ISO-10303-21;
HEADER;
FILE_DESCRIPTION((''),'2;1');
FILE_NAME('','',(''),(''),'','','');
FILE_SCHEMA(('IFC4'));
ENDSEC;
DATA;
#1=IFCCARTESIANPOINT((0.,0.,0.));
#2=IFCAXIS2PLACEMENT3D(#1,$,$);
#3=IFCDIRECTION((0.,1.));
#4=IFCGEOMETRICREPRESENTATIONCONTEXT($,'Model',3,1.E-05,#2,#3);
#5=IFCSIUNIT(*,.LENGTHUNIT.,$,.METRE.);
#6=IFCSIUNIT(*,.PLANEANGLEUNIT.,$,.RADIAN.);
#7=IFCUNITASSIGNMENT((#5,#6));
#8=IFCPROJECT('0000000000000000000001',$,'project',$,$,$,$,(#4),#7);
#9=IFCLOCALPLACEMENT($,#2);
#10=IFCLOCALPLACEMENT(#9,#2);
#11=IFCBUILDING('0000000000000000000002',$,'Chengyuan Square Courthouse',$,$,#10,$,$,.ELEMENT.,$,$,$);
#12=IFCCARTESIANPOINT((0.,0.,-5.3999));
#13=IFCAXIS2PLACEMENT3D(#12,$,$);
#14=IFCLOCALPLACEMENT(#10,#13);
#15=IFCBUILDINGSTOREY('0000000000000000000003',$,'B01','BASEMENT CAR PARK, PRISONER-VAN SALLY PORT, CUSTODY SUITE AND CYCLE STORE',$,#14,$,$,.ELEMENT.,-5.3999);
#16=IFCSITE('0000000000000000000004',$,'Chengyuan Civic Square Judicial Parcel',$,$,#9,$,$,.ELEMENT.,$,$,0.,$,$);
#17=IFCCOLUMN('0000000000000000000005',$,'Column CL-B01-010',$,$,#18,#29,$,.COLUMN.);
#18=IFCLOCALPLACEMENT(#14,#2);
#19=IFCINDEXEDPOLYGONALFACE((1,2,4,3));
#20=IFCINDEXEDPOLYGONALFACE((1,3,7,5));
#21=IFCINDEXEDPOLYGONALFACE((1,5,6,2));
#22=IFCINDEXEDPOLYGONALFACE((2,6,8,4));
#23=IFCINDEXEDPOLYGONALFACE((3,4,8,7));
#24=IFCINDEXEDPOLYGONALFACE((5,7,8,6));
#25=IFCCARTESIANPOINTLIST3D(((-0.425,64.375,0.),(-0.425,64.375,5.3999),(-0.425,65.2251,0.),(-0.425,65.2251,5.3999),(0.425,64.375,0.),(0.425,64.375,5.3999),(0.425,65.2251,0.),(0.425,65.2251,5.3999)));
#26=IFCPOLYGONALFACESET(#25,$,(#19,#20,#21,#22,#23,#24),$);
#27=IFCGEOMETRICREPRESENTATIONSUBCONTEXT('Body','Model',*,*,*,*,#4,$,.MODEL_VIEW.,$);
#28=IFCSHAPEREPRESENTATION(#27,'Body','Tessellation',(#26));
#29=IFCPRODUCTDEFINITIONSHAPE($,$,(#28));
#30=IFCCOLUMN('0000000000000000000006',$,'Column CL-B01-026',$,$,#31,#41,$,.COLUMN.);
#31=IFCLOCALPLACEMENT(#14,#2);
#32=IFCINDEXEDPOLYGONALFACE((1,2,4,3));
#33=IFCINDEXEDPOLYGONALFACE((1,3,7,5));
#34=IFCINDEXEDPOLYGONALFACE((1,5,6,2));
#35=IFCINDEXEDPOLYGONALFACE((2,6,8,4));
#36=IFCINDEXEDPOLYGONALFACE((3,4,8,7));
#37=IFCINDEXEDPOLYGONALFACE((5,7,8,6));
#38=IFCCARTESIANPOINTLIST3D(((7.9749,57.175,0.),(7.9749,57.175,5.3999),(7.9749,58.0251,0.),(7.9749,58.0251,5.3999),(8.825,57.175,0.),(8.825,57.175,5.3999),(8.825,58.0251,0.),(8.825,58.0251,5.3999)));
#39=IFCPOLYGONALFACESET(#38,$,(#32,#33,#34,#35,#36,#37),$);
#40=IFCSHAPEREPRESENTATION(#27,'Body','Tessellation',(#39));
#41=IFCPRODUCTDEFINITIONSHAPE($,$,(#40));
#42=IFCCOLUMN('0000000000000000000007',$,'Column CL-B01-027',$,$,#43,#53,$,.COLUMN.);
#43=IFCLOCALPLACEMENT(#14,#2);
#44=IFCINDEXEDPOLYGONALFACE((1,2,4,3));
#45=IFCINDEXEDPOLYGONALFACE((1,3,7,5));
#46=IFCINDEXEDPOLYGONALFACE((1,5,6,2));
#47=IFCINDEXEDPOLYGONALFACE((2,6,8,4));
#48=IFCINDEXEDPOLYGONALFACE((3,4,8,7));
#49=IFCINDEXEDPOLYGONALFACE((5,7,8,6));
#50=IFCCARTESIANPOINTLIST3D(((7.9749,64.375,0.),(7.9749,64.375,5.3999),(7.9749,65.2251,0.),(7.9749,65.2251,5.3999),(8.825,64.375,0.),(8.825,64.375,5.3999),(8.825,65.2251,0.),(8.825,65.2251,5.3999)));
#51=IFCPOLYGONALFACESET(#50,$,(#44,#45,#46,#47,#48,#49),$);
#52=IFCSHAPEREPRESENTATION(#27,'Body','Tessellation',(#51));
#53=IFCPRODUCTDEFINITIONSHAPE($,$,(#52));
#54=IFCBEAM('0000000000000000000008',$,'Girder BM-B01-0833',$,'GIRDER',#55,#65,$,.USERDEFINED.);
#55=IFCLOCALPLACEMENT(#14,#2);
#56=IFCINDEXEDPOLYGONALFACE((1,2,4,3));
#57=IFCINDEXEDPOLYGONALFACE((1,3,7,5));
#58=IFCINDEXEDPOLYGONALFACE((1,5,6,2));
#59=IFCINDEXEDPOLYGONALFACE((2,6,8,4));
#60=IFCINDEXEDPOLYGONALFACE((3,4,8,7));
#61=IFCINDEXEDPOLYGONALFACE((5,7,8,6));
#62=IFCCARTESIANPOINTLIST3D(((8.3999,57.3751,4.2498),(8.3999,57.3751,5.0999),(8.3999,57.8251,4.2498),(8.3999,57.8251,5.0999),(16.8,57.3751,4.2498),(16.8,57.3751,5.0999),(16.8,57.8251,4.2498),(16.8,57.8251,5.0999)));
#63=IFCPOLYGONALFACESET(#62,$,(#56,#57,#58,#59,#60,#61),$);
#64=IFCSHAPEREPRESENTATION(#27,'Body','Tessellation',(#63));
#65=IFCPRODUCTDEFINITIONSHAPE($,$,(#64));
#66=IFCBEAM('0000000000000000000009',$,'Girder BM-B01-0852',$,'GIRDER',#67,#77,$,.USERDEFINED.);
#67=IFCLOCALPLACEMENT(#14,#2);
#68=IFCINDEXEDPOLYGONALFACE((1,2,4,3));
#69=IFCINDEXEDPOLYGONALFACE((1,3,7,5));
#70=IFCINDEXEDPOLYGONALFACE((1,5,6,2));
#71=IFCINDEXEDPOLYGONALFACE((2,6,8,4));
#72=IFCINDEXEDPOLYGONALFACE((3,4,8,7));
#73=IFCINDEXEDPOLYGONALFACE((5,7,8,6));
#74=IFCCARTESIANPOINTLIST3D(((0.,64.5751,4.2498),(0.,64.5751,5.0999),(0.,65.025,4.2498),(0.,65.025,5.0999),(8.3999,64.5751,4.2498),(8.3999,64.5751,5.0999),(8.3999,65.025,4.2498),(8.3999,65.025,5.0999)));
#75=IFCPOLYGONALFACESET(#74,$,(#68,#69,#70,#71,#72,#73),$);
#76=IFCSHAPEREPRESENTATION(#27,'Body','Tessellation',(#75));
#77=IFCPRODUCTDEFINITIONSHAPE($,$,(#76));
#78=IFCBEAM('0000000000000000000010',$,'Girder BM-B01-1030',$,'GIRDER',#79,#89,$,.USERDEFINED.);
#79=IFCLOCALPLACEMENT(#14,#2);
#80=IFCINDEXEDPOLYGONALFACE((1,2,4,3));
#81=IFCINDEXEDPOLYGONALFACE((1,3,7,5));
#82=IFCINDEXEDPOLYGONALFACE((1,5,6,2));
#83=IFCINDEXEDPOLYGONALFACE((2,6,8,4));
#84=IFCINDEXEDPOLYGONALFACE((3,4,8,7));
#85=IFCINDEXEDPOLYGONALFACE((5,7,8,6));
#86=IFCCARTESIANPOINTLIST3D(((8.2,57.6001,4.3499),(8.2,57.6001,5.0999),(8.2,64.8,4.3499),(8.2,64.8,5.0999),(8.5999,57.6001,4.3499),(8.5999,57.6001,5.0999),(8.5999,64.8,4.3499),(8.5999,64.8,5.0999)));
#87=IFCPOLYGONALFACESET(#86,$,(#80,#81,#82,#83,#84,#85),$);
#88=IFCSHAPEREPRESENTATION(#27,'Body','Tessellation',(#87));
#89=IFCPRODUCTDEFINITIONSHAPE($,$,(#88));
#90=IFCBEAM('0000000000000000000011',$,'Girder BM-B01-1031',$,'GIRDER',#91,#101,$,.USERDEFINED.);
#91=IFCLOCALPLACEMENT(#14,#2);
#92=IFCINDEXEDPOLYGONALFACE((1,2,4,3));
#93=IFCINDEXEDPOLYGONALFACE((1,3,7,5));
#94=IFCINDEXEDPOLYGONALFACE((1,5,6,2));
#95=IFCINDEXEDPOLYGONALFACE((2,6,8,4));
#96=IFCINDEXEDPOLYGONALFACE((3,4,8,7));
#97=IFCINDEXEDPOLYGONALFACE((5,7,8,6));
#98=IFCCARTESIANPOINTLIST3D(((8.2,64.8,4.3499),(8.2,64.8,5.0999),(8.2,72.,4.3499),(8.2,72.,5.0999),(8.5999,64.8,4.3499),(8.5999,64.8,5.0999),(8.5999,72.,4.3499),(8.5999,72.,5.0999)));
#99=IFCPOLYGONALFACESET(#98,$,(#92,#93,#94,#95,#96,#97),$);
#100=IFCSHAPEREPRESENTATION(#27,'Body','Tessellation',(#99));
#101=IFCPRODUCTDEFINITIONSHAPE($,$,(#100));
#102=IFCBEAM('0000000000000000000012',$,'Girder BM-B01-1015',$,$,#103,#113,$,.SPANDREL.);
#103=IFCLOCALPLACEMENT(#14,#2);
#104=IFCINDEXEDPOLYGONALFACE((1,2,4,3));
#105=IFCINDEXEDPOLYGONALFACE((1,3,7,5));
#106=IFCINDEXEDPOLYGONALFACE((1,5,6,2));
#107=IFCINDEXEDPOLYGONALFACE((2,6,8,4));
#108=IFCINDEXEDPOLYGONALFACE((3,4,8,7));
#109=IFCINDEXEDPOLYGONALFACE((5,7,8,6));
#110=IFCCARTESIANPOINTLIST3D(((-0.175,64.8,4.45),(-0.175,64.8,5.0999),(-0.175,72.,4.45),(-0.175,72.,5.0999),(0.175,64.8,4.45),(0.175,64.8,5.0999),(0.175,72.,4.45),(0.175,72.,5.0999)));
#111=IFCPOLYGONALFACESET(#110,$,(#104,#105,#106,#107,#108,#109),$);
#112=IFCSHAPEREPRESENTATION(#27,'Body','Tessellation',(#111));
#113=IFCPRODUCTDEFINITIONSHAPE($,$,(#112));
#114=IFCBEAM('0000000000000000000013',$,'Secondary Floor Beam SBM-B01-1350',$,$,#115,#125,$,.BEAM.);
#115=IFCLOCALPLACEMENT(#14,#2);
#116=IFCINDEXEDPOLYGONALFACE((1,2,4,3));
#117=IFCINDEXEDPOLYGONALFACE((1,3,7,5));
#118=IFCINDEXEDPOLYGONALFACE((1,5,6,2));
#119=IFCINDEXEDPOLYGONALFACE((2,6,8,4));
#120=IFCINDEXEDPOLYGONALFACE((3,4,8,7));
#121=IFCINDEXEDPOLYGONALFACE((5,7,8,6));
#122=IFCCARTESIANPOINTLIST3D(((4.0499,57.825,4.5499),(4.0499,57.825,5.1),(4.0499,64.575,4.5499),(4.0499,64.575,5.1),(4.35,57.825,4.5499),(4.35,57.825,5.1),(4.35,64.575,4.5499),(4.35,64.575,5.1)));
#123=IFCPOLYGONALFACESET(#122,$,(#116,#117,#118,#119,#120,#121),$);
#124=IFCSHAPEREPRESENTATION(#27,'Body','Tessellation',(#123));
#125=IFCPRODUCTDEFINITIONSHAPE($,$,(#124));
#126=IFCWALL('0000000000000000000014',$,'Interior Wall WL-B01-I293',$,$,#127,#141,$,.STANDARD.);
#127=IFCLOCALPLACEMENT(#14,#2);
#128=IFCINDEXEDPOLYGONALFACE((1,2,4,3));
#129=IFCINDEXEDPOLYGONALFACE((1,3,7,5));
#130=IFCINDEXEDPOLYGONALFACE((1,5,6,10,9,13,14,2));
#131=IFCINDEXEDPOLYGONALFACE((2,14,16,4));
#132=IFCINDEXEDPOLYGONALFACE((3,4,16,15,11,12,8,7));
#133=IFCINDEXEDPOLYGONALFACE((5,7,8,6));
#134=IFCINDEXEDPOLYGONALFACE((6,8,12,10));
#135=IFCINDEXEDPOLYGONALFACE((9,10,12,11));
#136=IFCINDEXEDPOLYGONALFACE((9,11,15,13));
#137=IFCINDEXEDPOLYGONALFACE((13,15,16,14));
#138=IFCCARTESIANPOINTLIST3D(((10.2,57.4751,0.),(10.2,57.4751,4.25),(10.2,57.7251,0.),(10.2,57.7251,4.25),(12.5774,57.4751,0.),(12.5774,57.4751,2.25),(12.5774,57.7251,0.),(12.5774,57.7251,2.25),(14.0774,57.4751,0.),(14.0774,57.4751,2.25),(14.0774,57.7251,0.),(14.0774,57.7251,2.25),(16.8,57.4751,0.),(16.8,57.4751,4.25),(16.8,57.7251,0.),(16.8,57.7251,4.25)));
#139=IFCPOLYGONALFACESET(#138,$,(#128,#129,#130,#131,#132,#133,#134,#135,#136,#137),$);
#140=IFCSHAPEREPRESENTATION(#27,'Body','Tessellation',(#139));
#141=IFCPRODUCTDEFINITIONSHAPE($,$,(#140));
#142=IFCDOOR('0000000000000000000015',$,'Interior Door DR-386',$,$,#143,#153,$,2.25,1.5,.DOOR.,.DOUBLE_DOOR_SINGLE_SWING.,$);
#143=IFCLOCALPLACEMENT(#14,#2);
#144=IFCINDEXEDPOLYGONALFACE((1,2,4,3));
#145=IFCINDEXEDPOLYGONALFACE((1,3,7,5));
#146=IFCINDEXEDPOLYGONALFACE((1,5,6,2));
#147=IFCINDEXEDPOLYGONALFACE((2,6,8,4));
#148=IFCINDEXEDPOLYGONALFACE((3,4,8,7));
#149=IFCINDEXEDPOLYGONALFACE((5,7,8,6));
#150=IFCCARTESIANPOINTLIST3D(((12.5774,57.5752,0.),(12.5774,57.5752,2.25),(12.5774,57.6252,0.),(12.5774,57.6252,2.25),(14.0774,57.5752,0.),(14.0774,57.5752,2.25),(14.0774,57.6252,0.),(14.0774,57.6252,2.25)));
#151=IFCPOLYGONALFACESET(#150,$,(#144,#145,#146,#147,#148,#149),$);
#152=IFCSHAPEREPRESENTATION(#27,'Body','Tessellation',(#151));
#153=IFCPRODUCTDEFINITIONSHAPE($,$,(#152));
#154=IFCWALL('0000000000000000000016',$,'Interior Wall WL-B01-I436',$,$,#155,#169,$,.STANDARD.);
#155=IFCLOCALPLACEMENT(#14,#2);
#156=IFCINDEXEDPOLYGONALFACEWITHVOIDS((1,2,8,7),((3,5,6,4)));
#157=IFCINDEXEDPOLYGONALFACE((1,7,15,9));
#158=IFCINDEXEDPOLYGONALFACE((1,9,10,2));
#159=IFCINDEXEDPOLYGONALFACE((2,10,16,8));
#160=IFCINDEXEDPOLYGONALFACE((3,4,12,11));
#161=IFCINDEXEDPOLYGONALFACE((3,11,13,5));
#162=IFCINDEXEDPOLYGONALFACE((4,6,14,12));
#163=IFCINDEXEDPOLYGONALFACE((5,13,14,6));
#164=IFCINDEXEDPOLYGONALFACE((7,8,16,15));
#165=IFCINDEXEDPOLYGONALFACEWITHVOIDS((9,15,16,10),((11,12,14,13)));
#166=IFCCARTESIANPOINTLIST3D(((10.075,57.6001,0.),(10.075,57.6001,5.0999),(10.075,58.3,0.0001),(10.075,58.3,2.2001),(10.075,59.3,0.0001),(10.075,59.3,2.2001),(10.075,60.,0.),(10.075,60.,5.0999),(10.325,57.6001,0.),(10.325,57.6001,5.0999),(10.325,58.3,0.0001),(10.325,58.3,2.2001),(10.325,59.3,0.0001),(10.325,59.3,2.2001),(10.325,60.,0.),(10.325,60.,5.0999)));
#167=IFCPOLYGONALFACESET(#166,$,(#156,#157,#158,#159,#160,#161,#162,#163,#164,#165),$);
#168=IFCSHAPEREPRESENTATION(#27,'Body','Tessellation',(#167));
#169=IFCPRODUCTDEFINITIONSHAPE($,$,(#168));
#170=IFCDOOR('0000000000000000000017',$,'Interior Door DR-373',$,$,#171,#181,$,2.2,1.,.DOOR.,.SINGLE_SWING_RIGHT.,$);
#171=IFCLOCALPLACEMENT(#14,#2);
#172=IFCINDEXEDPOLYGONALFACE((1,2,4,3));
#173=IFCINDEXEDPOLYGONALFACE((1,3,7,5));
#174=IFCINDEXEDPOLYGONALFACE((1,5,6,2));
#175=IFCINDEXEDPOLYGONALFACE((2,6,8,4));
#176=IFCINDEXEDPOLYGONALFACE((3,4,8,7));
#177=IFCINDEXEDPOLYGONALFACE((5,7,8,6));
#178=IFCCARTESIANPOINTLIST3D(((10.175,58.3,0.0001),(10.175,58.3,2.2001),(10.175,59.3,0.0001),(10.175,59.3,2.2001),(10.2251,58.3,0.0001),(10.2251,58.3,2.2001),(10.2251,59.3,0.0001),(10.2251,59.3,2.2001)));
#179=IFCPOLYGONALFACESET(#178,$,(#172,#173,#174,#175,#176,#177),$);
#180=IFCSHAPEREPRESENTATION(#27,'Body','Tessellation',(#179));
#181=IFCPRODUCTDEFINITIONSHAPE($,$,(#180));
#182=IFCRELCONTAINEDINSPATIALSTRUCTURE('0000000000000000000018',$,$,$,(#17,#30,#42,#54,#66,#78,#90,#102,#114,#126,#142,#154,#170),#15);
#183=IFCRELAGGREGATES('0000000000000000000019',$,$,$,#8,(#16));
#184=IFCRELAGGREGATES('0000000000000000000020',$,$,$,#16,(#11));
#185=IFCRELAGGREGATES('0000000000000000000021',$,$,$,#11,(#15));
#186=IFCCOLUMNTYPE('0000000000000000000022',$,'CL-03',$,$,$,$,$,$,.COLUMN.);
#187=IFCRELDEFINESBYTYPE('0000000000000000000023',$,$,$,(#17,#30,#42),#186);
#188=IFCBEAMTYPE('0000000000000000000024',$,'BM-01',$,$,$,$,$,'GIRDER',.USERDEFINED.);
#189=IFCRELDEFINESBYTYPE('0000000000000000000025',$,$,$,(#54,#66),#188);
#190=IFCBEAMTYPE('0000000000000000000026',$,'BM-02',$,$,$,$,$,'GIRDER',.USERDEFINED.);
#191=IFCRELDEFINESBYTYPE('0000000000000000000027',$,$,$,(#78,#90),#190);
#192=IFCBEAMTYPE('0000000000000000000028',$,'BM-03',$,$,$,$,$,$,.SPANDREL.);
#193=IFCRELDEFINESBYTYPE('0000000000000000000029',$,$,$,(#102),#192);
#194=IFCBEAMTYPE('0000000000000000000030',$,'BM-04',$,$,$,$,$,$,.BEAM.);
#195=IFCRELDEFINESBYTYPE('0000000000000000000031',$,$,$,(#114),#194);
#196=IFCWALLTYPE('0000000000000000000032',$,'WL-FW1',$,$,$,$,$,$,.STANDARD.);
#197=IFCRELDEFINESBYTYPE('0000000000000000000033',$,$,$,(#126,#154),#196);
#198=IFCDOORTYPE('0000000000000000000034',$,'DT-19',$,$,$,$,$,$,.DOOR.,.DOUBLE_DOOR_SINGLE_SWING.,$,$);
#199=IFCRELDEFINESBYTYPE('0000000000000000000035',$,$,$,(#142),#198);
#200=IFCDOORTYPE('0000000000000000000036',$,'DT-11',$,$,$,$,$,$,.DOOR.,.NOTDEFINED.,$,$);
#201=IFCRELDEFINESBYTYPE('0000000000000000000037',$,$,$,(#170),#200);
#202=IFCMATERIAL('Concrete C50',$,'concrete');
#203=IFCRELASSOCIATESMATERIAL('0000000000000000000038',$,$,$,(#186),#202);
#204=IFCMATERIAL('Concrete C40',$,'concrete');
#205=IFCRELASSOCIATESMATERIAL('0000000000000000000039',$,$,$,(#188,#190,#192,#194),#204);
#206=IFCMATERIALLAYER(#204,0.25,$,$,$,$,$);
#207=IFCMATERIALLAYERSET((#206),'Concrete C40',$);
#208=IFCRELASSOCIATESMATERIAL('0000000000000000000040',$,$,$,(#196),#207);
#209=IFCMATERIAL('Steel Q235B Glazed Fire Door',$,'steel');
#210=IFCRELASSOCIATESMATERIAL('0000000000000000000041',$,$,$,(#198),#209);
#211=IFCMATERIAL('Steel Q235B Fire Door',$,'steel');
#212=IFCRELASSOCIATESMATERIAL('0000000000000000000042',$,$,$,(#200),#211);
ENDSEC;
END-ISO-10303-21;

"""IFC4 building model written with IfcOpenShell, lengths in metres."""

from ifc_helpers import new_model, si_unit, direction, frame, frame_2d, origin, origin_2d, place, context, subcontext, project, spatial, rectangle, extrude, material, layer, layer_set, material_profile, profile_set, type_object, element, fill, save


model = new_model("IFC4")

# Units and contexts
model_context = context("Model", 3, precision=1e-05, world=origin(), true_north=direction((0.0, 1.0)))
body_context = subcontext(model_context, "Body", "Model", "MODEL_VIEW")
ifc_project = project(units=[si_unit("LENGTHUNIT", "METRE"), si_unit("PLANEANGLEUNIT", "RADIAN")], contexts=[model_context])

# Site, building, storey
site_placement = place(None, origin())
site = spatial("IfcSite", under=ifc_project, at=site_placement, Name="Chengyuan Civic Square Judicial Parcel", CompositionType="ELEMENT", RefElevation=0.0)
building_placement = place(site_placement, origin())
building = spatial("IfcBuilding", under=site, at=building_placement, Name="Chengyuan Square Courthouse", CompositionType="ELEMENT")
storey_placement = place(building_placement, frame((0.0, 0.0, -5.3999)))
storey = spatial("IfcBuildingStorey", under=building, at=storey_placement, Name="B01", Description="BASEMENT CAR PARK, PRISONER-VAN SALLY PORT, CUSTODY SUITE AND CYCLE STORE", CompositionType="ELEMENT", Elevation=-5.3999)

# Columns
ifc_material_1 = material(Name="Concrete C50", Category="concrete")
ifc_material_profile_1 = material_profile(ifc_material_1, rectangle(XDim=0.8501, YDim=0.8501, at=origin_2d()), Name="RC-COL-850x850")
ifc_profile_set_1 = profile_set([ifc_material_profile_1], Name="Concrete C50")
column_type = type_object("IfcColumnType", Name="CL-03", PredefinedType="COLUMN", material=ifc_profile_set_1)
for number, where, z_axis, x_axis, name in (
    (1, (0.0, 64.8, 0.0), (0.0, 0.0, 1.0), (1.0, 0.0, 0.0), "Column CL-B01-010"),
    (2, (8.3999, 57.6001, 0.0), (0.0, 0.0, 1.0), (1.0, 0.0, 0.0), "Column CL-B01-026"),
    (3, (8.3999, 64.8, 0.0), (0.0, 0.0, 1.0), (1.0, 0.0, 0.0), "Column CL-B01-027"),
):
    element("IfcColumn", number, at=place(storey_placement, frame(where, z_axis=z_axis, x_axis=x_axis)), inside=storey, type_object=column_type, Name=name, PredefinedType="COLUMN", context=body_context, shape_type="SweptSolid", body=[
        extrude(rectangle(XDim=0.8501, YDim=0.8501, at=origin_2d()), origin(), (0.0, 0.0, 1.0), 5.3999),
    ])

# Beams
ifc_material_2 = material(Name="Concrete C40", Category="concrete")
ifc_material_profile_2 = material_profile(ifc_material_2, rectangle(XDim=0.45, YDim=0.8501, at=origin_2d()), Name="RC-BM-450x850")
ifc_profile_set_2 = profile_set([ifc_material_profile_2], Name="Concrete C40")
beam_type_1 = type_object("IfcBeamType", Name="BM-01", ElementType="GIRDER", PredefinedType="USERDEFINED", material=ifc_profile_set_2)
beam_1_placement = place(storey_placement, frame((8.3999, 57.6001, 4.6748), z_axis=(1.0, 0.0, 0.0), x_axis=(0.0, 1.0, 0.0)))
element("IfcBeam", 4, at=beam_1_placement, inside=storey, type_object=beam_type_1, Name="Girder BM-B01-0833", ObjectType="GIRDER", PredefinedType="USERDEFINED", context=body_context, shape_type="SweptSolid", body=[
    extrude(rectangle(XDim=0.45, YDim=0.8501, at=origin_2d()), origin(), (0.0, 0.0, 1.0), 8.4001),
])
beam_2_placement = place(storey_placement, frame((0.0, 64.8, 4.6748), z_axis=(1.0, 0.0, 0.0), x_axis=(0.0, 1.0, 0.0)))
element("IfcBeam", 5, at=beam_2_placement, inside=storey, type_object=beam_type_1, Name="Girder BM-B01-0852", ObjectType="GIRDER", PredefinedType="USERDEFINED", context=body_context, shape_type="SweptSolid", body=[
    extrude(rectangle(XDim=0.45, YDim=0.8501, at=origin_2d()), origin(), (0.0, 0.0, 1.0), 8.3999),
])
ifc_material_profile_3 = material_profile(ifc_material_2, rectangle(XDim=0.3999, YDim=0.75, at=origin_2d()), Name="RC-BM-400x750")
ifc_profile_set_3 = profile_set([ifc_material_profile_3], Name="Concrete C40")
beam_type_2 = type_object("IfcBeamType", Name="BM-02", ElementType="GIRDER", PredefinedType="USERDEFINED", material=ifc_profile_set_3)
for number, where, z_axis, x_axis, name in (
    (6, (8.3999, 57.6001, 4.7249), (0.0, 1.0, 0.0), (-1.0, 0.0, 0.0), "Girder BM-B01-1030"),
    (7, (8.3999, 64.8, 4.7249), (0.0, 1.0, 0.0), (-1.0, 0.0, 0.0), "Girder BM-B01-1031"),
):
    element("IfcBeam", number, at=place(storey_placement, frame(where, z_axis=z_axis, x_axis=x_axis)), inside=storey, type_object=beam_type_2, Name=name, ObjectType="GIRDER", PredefinedType="USERDEFINED", context=body_context, shape_type="SweptSolid", body=[
        extrude(rectangle(XDim=0.3999, YDim=0.75, at=origin_2d()), origin(), (0.0, 0.0, 1.0), 7.2),
    ])
ifc_material_profile_4 = material_profile(ifc_material_2, rectangle(XDim=0.3501, YDim=0.6499, at=origin_2d()), Name="RC-BM-350x650")
ifc_profile_set_4 = profile_set([ifc_material_profile_4], Name="Concrete C40")
beam_type_3 = type_object("IfcBeamType", Name="BM-03", PredefinedType="SPANDREL", material=ifc_profile_set_4)
beam_3_placement = place(storey_placement, frame((0.0, 64.8, 4.7749), z_axis=(0.0, 1.0, 0.0), x_axis=(-1.0, 0.0, 0.0)))
element("IfcBeam", 8, at=beam_3_placement, inside=storey, type_object=beam_type_3, Name="Girder BM-B01-1015", PredefinedType="SPANDREL", context=body_context, shape_type="SweptSolid", body=[
    extrude(rectangle(XDim=0.3501, YDim=0.6499, at=origin_2d()), origin(), (0.0, 0.0, 1.0), 7.2),
])
ifc_material_profile_5 = material_profile(ifc_material_2, rectangle(XDim=0.3, YDim=0.55, at=origin_2d()), Name="RC-BM-300x550")
ifc_profile_set_5 = profile_set([ifc_material_profile_5], Name="Concrete C40")
beam_type_4 = type_object("IfcBeamType", Name="BM-04", PredefinedType="BEAM", material=ifc_profile_set_5)
beam_4_placement = place(storey_placement, frame((4.2, 57.825, 4.825), z_axis=(0.0, 1.0, 0.0), x_axis=(-1.0, 0.0, 0.0)))
element("IfcBeam", 9, at=beam_4_placement, inside=storey, type_object=beam_type_4, Name="Secondary Floor Beam SBM-B01-1350", PredefinedType="BEAM", context=body_context, shape_type="SweptSolid", body=[
    extrude(rectangle(XDim=0.3, YDim=0.55, at=origin_2d()), origin(), (0.0, 0.0, 1.0), 6.75),
])

# Walls, openings, doors
ifc_layer_1 = layer(ifc_material_2, 0.25)
ifc_layer_set_1 = layer_set([ifc_layer_1], Name="Concrete C40")
wall_type_1 = type_object("IfcWallType", Name="WL-FW1", PredefinedType="STANDARD", material=ifc_layer_set_1)
wall_1_placement = place(storey_placement, frame((10.2, 57.6001, 0.0), z_axis=(0.0, 0.0, 1.0), x_axis=(1.0, 0.0, 0.0)))
wall_1 = element("IfcWall", 10, at=wall_1_placement, inside=storey, type_object=wall_type_1, Name="Interior Wall WL-B01-I293", PredefinedType="STANDARD", context=body_context, shape_type="SweptSolid", body=[
    extrude(rectangle(XDim=6.6001, YDim=0.25, at=frame_2d((3.3, 0.0))), origin(), (0.0, 0.0, 1.0), 4.25),
])
opening_1_placement = place(wall_1_placement, frame((2.3774, 0.0, 0.0)))
opening_1 = element("IfcOpeningElement", 11, at=opening_1_placement, cuts=wall_1, PredefinedType="OPENING", context=body_context, shape_type="SweptSolid", body=[
    extrude(rectangle(XDim=1.5, YDim=2.25, at=frame_2d((0.75, 1.125))), frame((0.0, 0.137, 0.0), z_axis=(0.0, -1.0, 0.0), x_axis=(1.0, 0.0, 0.0)), (0.0, 0.0, 1.0), 0.2739),
])
ifc_material_3 = material(Name="Steel Q235B Glazed Fire Door", Category="steel")
door_type_1 = type_object("IfcDoorType", Name="DT-19", OperationType="DOUBLE_DOOR_SINGLE_SWING", PredefinedType="DOOR", material=ifc_material_3)
door_1_placement = place(opening_1_placement, frame((1.5, 0.0, 0.0), z_axis=(0.0, 0.0, 1.0), x_axis=(-1.0, 0.0, 0.0)))
door_1 = element("IfcDoor", 12, at=door_1_placement, inside=storey, type_object=door_type_1, Name="Interior Door DR-386", OperationType="DOUBLE_DOOR_SINGLE_SWING", OverallHeight=2.25, OverallWidth=1.5, PredefinedType="DOOR", context=body_context, shape_type="SweptSolid", body=[
    extrude(rectangle(XDim=1.5, YDim=2.25, at=frame_2d((0.75, 1.125))), frame((0.0, 0.0249, 0.0), z_axis=(0.0, -1.0, 0.0), x_axis=(1.0, 0.0, 0.0)), (0.0, 0.0, 1.0), 0.05),
])
fill(opening_1, door_1)
wall_2_placement = place(storey_placement, frame((10.2, 57.6001, 0.0), z_axis=(0.0, 0.0, 1.0), x_axis=(0.0, 1.0, 0.0)))
wall_2 = element("IfcWall", 13, at=wall_2_placement, inside=storey, type_object=wall_type_1, Name="Interior Wall WL-B01-I436", PredefinedType="STANDARD", context=body_context, shape_type="SweptSolid", body=[
    extrude(rectangle(XDim=2.3999, YDim=0.25, at=frame_2d((1.2, 0.0))), origin(), (0.0, 0.0, 1.0), 5.0999),
])
opening_2_placement = place(wall_2_placement, frame((0.7, 0.0, 0.0)))
opening_2 = element("IfcOpeningElement", 14, at=opening_2_placement, cuts=wall_2, PredefinedType="OPENING", context=body_context, shape_type="SweptSolid", body=[
    extrude(rectangle(XDim=1.0, YDim=2.2, at=frame_2d((0.5, 1.1001))), frame((0.0, 0.137, 0.0), z_axis=(0.0, -1.0, 0.0), x_axis=(1.0, 0.0, 0.0)), (0.0, 0.0, 1.0), 0.2739),
])
ifc_material_4 = material(Name="Steel Q235B Fire Door", Category="steel")
door_type_2 = type_object("IfcDoorType", Name="DT-11", OperationType="NOTDEFINED", PredefinedType="DOOR", material=ifc_material_4)
door_2_placement = place(opening_2_placement, origin())
door_2 = element("IfcDoor", 15, at=door_2_placement, inside=storey, type_object=door_type_2, Name="Interior Door DR-373", OperationType="SINGLE_SWING_RIGHT", OverallHeight=2.2, OverallWidth=1.0, PredefinedType="DOOR", context=body_context, shape_type="SweptSolid", body=[
    extrude(rectangle(XDim=1.0, YDim=2.2, at=frame_2d((0.5, 1.1001))), frame((0.0, 0.0249, 0.0), z_axis=(0.0, -1.0, 0.0), x_axis=(1.0, 0.0, 0.0)), (0.0, 0.0, 1.0), 0.05),
])
fill(opening_2, door_2)

save(model, "model.ifc")
